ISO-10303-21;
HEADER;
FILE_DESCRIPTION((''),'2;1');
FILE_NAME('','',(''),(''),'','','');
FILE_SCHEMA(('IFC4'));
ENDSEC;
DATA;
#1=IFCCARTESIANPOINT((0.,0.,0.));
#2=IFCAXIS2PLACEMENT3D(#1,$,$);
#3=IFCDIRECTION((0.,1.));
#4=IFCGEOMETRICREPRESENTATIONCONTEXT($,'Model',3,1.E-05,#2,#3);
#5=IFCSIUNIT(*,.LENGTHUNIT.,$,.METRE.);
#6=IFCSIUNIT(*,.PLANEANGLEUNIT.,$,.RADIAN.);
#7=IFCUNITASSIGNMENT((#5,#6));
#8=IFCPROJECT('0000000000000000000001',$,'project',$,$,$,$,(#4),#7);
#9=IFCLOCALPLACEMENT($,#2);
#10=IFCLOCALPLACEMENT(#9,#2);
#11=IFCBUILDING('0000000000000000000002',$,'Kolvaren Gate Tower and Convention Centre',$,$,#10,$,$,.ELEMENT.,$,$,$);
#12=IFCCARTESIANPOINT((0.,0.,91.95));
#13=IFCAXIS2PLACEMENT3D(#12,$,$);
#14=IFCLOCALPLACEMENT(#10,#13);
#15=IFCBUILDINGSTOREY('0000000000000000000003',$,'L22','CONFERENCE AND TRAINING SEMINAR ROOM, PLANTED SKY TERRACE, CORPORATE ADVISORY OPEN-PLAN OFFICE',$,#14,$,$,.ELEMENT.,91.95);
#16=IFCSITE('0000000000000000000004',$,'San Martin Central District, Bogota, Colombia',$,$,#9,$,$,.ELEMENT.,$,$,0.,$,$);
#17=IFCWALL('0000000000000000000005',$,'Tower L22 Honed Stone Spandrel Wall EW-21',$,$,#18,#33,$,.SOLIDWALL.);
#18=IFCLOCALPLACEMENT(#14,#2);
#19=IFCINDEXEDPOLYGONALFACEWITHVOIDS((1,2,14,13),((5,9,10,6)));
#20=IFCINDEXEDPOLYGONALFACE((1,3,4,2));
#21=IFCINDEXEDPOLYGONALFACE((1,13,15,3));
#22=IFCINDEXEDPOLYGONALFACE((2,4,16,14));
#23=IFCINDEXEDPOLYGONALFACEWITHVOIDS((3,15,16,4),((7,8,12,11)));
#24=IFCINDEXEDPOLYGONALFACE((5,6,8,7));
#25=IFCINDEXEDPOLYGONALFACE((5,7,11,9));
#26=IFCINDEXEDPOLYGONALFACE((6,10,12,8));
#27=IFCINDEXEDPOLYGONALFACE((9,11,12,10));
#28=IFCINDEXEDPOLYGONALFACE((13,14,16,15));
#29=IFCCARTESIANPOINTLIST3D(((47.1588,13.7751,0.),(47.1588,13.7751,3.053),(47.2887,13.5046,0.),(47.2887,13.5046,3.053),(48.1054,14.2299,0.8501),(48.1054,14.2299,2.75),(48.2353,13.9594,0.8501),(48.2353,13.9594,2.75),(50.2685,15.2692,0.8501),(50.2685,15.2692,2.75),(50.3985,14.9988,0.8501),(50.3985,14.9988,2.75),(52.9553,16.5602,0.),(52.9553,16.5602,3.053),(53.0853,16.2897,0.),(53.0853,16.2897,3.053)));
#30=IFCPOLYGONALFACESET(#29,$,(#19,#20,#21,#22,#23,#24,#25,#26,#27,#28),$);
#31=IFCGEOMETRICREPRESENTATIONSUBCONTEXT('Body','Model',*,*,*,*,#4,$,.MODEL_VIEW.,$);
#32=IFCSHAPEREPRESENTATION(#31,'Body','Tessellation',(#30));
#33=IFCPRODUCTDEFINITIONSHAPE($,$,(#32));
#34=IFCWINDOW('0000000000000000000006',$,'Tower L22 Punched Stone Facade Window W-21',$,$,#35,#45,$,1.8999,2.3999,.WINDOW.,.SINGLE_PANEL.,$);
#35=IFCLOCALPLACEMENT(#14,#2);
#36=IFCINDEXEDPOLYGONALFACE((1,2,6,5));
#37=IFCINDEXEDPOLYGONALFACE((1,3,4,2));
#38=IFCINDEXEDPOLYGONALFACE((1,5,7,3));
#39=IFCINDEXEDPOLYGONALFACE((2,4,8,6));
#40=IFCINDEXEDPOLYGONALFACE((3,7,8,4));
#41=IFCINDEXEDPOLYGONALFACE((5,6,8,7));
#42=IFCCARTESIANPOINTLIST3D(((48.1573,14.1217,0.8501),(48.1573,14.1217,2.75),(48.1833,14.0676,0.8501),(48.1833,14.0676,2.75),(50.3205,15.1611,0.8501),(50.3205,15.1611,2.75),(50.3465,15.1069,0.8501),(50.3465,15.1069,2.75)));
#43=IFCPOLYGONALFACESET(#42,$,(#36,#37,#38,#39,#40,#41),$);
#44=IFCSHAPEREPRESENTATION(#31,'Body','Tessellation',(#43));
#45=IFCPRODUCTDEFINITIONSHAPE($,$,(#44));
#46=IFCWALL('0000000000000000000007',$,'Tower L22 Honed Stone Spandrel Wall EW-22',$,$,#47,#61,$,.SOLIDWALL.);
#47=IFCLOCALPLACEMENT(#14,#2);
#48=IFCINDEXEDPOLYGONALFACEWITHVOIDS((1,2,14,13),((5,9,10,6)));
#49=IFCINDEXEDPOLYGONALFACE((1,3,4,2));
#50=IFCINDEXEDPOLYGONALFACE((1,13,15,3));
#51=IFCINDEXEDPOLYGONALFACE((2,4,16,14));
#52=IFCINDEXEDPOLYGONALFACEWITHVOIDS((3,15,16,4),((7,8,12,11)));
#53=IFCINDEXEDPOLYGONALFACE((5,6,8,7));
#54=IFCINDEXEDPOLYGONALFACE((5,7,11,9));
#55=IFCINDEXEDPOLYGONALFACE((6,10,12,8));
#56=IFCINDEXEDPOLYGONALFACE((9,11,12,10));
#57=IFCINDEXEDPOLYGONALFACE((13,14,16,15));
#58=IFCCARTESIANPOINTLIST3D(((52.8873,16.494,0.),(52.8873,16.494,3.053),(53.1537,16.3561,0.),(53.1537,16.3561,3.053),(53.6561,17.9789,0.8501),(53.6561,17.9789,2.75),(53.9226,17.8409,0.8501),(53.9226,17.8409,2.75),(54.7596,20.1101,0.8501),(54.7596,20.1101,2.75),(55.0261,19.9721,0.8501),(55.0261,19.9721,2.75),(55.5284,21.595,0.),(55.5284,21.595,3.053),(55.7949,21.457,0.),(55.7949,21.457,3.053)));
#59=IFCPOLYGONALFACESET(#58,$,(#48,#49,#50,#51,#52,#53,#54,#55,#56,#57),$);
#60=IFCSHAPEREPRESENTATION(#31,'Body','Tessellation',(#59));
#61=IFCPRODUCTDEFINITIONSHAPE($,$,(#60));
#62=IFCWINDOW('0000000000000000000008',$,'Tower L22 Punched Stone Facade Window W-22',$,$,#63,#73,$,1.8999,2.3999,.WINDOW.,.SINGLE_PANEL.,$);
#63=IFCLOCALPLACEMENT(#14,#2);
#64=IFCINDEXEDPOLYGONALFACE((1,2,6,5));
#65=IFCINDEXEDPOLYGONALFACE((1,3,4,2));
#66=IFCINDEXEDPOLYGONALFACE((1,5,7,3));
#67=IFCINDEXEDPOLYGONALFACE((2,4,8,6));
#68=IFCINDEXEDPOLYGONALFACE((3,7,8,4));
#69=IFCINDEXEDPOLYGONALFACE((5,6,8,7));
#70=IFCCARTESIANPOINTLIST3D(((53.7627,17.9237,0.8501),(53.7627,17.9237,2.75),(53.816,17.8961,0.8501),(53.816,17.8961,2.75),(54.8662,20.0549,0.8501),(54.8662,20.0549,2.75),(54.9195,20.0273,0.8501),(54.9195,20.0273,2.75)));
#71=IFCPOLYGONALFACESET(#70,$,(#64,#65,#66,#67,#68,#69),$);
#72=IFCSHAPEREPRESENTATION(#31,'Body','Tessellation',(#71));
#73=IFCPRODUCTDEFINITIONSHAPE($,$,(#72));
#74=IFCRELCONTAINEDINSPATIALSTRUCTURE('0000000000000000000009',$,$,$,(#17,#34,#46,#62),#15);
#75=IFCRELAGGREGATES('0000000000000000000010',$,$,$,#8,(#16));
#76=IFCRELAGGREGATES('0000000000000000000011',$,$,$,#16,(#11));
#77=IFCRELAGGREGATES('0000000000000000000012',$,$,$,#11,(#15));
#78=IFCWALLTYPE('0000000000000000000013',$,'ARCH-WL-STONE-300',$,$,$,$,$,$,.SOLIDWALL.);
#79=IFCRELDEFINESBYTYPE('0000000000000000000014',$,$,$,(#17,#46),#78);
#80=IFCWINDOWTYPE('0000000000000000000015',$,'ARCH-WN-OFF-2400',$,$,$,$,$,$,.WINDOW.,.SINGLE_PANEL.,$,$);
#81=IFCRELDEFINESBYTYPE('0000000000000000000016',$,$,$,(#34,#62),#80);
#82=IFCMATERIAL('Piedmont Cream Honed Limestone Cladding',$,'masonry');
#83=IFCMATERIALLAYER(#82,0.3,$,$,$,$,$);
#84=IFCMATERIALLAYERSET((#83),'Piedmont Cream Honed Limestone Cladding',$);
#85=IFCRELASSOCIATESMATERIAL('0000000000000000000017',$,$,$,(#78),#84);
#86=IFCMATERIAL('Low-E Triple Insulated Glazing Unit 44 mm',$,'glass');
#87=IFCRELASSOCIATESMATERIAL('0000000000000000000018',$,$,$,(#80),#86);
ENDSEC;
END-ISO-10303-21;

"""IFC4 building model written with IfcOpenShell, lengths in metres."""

from ifc_helpers import new_model, si_unit, direction, frame, frame_2d, origin, place, context, subcontext, project, spatial, rectangle, extrude, material, layer, layer_set, type_object, element, fill, save


model = new_model("IFC4")

# Units and contexts
model_context = context("Model", 3, precision=1e-05, world=origin(), true_north=direction((0.0, 1.0)))
body_context = subcontext(model_context, "Body", "Model", "MODEL_VIEW")
ifc_project = project(units=[si_unit("LENGTHUNIT", "METRE"), si_unit("PLANEANGLEUNIT", "RADIAN")], contexts=[model_context])

# Site, building, storey
site_placement = place(None, origin())
site = spatial("IfcSite", under=ifc_project, at=site_placement, Name="San Martin Central District, Bogota, Colombia", CompositionType="ELEMENT", RefElevation=0.0)
building_placement = place(site_placement, origin())
building = spatial("IfcBuilding", under=site, at=building_placement, Name="Kolvaren Gate Tower and Convention Centre", CompositionType="ELEMENT")
storey_placement = place(building_placement, frame((0.0, 0.0, 91.95)))
storey = spatial("IfcBuildingStorey", under=building, at=storey_placement, Name="L22", Description="CONFERENCE AND TRAINING SEMINAR ROOM, PLANTED SKY TERRACE, CORPORATE ADVISORY OPEN-PLAN OFFICE", CompositionType="ELEMENT", Elevation=91.95)

# Shared definitions
ifc_material_1 = material(Name="Piedmont Cream Honed Limestone Cladding", Category="masonry")

# Shared definitions
ifc_layer_1 = layer(ifc_material_1, 0.3)
ifc_layer_set_1 = layer_set([ifc_layer_1], Name="Piedmont Cream Honed Limestone Cladding")
wall_type_1 = type_object("IfcWallType", Name="ARCH-WL-STONE-300", PredefinedType="SOLIDWALL", material=ifc_layer_set_1)
ifc_material_2 = material(Name="Low-E Triple Insulated Glazing Unit 44 mm", Category="glass")
window_type = type_object("IfcWindowType", Name="ARCH-WN-OFF-2400", PartitioningType="SINGLE_PANEL", PredefinedType="WINDOW", material=ifc_material_2)

# Walls, openings, windows
wall_1_placement = place(storey_placement, frame((47.2239, 13.6399, 0.0), z_axis=(0.0, 0.0, 1.0), x_axis=(0.901355, 0.433082, 0.0)))
wall_1 = element("IfcWall", 1, at=wall_1_placement, inside=storey, type_object=wall_type_1, Name="Tower L22 Honed Stone Spandrel Wall EW-21", PredefinedType="SOLIDWALL", context=body_context, shape_type="SweptSolid", body=[
    extrude(rectangle(XDim=6.4309, YDim=0.3, at=frame_2d((3.2153, 0.0))), origin(), (0.0, 0.0, 1.0), 3.053),
])
opening_1_placement = place(wall_1_placement, frame((1.05, 0.0, 0.8501)))
opening_1 = element("IfcOpeningElement", 2, at=opening_1_placement, cuts=wall_1, PredefinedType="OPENING", context=body_context, shape_type="SweptSolid", body=[
    extrude(rectangle(XDim=2.3999, YDim=1.8999, at=frame_2d((1.2, 0.95))), frame((0.0, 0.1599, 0.0), z_axis=(0.0, -1.0, 0.0), x_axis=(1.0, 0.0, 0.0)), (0.0, 0.0, 1.0), 0.3201),
])
window_1_placement = place(opening_1_placement, origin())
window_1 = element("IfcWindow", 3, at=window_1_placement, inside=storey, type_object=window_type, Name="Tower L22 Punched Stone Facade Window W-21", OverallHeight=1.8999, OverallWidth=2.3999, PartitioningType="SINGLE_PANEL", PredefinedType="WINDOW", context=body_context, shape_type="SweptSolid", body=[
    extrude(rectangle(XDim=2.3999, YDim=1.8999, at=frame_2d((1.2, 0.95))), frame((0.0, 0.03, 0.0), z_axis=(0.0, -1.0, 0.0), x_axis=(1.0, 0.0, 0.0)), (0.0, 0.0, 1.0), 0.0601),
])
fill(opening_1, window_1)
wall_2_placement = place(storey_placement, frame((53.0205, 16.425, 0.0), z_axis=(0.0, 0.0, 1.0), x_axis=(0.459801, 0.888022, 0.0)))
wall_2 = element("IfcWall", 4, at=wall_2_placement, inside=storey, type_object=wall_type_1, Name="Tower L22 Honed Stone Spandrel Wall EW-22", PredefinedType="SOLIDWALL", context=body_context, shape_type="SweptSolid", body=[
    extrude(rectangle(XDim=5.7441, YDim=0.3, at=frame_2d((2.8721, 0.0))), origin(), (0.0, 0.0, 1.0), 3.053),
])
opening_2_placement = place(wall_2_placement, frame((1.6721, 0.0, 0.8501)))
opening_2 = element("IfcOpeningElement", 5, at=opening_2_placement, cuts=wall_2, PredefinedType="OPENING", context=body_context, shape_type="SweptSolid", body=[
    extrude(rectangle(XDim=2.3999, YDim=1.8999, at=frame_2d((1.2, 0.95))), frame((0.0, 0.1599, 0.0), z_axis=(0.0, -1.0, 0.0), x_axis=(1.0, 0.0, 0.0)), (0.0, 0.0, 1.0), 0.3201),
])
window_2_placement = place(opening_2_placement, origin())
window_2 = element("IfcWindow", 6, at=window_2_placement, inside=storey, type_object=window_type, Name="Tower L22 Punched Stone Facade Window W-22", OverallHeight=1.8999, OverallWidth=2.3999, PartitioningType="SINGLE_PANEL", PredefinedType="WINDOW", context=body_context, shape_type="SweptSolid", body=[
    extrude(rectangle(XDim=2.3999, YDim=1.8999, at=frame_2d((1.2, 0.95))), frame((0.0, 0.03, 0.0), z_axis=(0.0, -1.0, 0.0), x_axis=(1.0, 0.0, 0.0)), (0.0, 0.0, 1.0), 0.0601),
])
fill(opening_2, window_2)

save(model, "model.ifc")
